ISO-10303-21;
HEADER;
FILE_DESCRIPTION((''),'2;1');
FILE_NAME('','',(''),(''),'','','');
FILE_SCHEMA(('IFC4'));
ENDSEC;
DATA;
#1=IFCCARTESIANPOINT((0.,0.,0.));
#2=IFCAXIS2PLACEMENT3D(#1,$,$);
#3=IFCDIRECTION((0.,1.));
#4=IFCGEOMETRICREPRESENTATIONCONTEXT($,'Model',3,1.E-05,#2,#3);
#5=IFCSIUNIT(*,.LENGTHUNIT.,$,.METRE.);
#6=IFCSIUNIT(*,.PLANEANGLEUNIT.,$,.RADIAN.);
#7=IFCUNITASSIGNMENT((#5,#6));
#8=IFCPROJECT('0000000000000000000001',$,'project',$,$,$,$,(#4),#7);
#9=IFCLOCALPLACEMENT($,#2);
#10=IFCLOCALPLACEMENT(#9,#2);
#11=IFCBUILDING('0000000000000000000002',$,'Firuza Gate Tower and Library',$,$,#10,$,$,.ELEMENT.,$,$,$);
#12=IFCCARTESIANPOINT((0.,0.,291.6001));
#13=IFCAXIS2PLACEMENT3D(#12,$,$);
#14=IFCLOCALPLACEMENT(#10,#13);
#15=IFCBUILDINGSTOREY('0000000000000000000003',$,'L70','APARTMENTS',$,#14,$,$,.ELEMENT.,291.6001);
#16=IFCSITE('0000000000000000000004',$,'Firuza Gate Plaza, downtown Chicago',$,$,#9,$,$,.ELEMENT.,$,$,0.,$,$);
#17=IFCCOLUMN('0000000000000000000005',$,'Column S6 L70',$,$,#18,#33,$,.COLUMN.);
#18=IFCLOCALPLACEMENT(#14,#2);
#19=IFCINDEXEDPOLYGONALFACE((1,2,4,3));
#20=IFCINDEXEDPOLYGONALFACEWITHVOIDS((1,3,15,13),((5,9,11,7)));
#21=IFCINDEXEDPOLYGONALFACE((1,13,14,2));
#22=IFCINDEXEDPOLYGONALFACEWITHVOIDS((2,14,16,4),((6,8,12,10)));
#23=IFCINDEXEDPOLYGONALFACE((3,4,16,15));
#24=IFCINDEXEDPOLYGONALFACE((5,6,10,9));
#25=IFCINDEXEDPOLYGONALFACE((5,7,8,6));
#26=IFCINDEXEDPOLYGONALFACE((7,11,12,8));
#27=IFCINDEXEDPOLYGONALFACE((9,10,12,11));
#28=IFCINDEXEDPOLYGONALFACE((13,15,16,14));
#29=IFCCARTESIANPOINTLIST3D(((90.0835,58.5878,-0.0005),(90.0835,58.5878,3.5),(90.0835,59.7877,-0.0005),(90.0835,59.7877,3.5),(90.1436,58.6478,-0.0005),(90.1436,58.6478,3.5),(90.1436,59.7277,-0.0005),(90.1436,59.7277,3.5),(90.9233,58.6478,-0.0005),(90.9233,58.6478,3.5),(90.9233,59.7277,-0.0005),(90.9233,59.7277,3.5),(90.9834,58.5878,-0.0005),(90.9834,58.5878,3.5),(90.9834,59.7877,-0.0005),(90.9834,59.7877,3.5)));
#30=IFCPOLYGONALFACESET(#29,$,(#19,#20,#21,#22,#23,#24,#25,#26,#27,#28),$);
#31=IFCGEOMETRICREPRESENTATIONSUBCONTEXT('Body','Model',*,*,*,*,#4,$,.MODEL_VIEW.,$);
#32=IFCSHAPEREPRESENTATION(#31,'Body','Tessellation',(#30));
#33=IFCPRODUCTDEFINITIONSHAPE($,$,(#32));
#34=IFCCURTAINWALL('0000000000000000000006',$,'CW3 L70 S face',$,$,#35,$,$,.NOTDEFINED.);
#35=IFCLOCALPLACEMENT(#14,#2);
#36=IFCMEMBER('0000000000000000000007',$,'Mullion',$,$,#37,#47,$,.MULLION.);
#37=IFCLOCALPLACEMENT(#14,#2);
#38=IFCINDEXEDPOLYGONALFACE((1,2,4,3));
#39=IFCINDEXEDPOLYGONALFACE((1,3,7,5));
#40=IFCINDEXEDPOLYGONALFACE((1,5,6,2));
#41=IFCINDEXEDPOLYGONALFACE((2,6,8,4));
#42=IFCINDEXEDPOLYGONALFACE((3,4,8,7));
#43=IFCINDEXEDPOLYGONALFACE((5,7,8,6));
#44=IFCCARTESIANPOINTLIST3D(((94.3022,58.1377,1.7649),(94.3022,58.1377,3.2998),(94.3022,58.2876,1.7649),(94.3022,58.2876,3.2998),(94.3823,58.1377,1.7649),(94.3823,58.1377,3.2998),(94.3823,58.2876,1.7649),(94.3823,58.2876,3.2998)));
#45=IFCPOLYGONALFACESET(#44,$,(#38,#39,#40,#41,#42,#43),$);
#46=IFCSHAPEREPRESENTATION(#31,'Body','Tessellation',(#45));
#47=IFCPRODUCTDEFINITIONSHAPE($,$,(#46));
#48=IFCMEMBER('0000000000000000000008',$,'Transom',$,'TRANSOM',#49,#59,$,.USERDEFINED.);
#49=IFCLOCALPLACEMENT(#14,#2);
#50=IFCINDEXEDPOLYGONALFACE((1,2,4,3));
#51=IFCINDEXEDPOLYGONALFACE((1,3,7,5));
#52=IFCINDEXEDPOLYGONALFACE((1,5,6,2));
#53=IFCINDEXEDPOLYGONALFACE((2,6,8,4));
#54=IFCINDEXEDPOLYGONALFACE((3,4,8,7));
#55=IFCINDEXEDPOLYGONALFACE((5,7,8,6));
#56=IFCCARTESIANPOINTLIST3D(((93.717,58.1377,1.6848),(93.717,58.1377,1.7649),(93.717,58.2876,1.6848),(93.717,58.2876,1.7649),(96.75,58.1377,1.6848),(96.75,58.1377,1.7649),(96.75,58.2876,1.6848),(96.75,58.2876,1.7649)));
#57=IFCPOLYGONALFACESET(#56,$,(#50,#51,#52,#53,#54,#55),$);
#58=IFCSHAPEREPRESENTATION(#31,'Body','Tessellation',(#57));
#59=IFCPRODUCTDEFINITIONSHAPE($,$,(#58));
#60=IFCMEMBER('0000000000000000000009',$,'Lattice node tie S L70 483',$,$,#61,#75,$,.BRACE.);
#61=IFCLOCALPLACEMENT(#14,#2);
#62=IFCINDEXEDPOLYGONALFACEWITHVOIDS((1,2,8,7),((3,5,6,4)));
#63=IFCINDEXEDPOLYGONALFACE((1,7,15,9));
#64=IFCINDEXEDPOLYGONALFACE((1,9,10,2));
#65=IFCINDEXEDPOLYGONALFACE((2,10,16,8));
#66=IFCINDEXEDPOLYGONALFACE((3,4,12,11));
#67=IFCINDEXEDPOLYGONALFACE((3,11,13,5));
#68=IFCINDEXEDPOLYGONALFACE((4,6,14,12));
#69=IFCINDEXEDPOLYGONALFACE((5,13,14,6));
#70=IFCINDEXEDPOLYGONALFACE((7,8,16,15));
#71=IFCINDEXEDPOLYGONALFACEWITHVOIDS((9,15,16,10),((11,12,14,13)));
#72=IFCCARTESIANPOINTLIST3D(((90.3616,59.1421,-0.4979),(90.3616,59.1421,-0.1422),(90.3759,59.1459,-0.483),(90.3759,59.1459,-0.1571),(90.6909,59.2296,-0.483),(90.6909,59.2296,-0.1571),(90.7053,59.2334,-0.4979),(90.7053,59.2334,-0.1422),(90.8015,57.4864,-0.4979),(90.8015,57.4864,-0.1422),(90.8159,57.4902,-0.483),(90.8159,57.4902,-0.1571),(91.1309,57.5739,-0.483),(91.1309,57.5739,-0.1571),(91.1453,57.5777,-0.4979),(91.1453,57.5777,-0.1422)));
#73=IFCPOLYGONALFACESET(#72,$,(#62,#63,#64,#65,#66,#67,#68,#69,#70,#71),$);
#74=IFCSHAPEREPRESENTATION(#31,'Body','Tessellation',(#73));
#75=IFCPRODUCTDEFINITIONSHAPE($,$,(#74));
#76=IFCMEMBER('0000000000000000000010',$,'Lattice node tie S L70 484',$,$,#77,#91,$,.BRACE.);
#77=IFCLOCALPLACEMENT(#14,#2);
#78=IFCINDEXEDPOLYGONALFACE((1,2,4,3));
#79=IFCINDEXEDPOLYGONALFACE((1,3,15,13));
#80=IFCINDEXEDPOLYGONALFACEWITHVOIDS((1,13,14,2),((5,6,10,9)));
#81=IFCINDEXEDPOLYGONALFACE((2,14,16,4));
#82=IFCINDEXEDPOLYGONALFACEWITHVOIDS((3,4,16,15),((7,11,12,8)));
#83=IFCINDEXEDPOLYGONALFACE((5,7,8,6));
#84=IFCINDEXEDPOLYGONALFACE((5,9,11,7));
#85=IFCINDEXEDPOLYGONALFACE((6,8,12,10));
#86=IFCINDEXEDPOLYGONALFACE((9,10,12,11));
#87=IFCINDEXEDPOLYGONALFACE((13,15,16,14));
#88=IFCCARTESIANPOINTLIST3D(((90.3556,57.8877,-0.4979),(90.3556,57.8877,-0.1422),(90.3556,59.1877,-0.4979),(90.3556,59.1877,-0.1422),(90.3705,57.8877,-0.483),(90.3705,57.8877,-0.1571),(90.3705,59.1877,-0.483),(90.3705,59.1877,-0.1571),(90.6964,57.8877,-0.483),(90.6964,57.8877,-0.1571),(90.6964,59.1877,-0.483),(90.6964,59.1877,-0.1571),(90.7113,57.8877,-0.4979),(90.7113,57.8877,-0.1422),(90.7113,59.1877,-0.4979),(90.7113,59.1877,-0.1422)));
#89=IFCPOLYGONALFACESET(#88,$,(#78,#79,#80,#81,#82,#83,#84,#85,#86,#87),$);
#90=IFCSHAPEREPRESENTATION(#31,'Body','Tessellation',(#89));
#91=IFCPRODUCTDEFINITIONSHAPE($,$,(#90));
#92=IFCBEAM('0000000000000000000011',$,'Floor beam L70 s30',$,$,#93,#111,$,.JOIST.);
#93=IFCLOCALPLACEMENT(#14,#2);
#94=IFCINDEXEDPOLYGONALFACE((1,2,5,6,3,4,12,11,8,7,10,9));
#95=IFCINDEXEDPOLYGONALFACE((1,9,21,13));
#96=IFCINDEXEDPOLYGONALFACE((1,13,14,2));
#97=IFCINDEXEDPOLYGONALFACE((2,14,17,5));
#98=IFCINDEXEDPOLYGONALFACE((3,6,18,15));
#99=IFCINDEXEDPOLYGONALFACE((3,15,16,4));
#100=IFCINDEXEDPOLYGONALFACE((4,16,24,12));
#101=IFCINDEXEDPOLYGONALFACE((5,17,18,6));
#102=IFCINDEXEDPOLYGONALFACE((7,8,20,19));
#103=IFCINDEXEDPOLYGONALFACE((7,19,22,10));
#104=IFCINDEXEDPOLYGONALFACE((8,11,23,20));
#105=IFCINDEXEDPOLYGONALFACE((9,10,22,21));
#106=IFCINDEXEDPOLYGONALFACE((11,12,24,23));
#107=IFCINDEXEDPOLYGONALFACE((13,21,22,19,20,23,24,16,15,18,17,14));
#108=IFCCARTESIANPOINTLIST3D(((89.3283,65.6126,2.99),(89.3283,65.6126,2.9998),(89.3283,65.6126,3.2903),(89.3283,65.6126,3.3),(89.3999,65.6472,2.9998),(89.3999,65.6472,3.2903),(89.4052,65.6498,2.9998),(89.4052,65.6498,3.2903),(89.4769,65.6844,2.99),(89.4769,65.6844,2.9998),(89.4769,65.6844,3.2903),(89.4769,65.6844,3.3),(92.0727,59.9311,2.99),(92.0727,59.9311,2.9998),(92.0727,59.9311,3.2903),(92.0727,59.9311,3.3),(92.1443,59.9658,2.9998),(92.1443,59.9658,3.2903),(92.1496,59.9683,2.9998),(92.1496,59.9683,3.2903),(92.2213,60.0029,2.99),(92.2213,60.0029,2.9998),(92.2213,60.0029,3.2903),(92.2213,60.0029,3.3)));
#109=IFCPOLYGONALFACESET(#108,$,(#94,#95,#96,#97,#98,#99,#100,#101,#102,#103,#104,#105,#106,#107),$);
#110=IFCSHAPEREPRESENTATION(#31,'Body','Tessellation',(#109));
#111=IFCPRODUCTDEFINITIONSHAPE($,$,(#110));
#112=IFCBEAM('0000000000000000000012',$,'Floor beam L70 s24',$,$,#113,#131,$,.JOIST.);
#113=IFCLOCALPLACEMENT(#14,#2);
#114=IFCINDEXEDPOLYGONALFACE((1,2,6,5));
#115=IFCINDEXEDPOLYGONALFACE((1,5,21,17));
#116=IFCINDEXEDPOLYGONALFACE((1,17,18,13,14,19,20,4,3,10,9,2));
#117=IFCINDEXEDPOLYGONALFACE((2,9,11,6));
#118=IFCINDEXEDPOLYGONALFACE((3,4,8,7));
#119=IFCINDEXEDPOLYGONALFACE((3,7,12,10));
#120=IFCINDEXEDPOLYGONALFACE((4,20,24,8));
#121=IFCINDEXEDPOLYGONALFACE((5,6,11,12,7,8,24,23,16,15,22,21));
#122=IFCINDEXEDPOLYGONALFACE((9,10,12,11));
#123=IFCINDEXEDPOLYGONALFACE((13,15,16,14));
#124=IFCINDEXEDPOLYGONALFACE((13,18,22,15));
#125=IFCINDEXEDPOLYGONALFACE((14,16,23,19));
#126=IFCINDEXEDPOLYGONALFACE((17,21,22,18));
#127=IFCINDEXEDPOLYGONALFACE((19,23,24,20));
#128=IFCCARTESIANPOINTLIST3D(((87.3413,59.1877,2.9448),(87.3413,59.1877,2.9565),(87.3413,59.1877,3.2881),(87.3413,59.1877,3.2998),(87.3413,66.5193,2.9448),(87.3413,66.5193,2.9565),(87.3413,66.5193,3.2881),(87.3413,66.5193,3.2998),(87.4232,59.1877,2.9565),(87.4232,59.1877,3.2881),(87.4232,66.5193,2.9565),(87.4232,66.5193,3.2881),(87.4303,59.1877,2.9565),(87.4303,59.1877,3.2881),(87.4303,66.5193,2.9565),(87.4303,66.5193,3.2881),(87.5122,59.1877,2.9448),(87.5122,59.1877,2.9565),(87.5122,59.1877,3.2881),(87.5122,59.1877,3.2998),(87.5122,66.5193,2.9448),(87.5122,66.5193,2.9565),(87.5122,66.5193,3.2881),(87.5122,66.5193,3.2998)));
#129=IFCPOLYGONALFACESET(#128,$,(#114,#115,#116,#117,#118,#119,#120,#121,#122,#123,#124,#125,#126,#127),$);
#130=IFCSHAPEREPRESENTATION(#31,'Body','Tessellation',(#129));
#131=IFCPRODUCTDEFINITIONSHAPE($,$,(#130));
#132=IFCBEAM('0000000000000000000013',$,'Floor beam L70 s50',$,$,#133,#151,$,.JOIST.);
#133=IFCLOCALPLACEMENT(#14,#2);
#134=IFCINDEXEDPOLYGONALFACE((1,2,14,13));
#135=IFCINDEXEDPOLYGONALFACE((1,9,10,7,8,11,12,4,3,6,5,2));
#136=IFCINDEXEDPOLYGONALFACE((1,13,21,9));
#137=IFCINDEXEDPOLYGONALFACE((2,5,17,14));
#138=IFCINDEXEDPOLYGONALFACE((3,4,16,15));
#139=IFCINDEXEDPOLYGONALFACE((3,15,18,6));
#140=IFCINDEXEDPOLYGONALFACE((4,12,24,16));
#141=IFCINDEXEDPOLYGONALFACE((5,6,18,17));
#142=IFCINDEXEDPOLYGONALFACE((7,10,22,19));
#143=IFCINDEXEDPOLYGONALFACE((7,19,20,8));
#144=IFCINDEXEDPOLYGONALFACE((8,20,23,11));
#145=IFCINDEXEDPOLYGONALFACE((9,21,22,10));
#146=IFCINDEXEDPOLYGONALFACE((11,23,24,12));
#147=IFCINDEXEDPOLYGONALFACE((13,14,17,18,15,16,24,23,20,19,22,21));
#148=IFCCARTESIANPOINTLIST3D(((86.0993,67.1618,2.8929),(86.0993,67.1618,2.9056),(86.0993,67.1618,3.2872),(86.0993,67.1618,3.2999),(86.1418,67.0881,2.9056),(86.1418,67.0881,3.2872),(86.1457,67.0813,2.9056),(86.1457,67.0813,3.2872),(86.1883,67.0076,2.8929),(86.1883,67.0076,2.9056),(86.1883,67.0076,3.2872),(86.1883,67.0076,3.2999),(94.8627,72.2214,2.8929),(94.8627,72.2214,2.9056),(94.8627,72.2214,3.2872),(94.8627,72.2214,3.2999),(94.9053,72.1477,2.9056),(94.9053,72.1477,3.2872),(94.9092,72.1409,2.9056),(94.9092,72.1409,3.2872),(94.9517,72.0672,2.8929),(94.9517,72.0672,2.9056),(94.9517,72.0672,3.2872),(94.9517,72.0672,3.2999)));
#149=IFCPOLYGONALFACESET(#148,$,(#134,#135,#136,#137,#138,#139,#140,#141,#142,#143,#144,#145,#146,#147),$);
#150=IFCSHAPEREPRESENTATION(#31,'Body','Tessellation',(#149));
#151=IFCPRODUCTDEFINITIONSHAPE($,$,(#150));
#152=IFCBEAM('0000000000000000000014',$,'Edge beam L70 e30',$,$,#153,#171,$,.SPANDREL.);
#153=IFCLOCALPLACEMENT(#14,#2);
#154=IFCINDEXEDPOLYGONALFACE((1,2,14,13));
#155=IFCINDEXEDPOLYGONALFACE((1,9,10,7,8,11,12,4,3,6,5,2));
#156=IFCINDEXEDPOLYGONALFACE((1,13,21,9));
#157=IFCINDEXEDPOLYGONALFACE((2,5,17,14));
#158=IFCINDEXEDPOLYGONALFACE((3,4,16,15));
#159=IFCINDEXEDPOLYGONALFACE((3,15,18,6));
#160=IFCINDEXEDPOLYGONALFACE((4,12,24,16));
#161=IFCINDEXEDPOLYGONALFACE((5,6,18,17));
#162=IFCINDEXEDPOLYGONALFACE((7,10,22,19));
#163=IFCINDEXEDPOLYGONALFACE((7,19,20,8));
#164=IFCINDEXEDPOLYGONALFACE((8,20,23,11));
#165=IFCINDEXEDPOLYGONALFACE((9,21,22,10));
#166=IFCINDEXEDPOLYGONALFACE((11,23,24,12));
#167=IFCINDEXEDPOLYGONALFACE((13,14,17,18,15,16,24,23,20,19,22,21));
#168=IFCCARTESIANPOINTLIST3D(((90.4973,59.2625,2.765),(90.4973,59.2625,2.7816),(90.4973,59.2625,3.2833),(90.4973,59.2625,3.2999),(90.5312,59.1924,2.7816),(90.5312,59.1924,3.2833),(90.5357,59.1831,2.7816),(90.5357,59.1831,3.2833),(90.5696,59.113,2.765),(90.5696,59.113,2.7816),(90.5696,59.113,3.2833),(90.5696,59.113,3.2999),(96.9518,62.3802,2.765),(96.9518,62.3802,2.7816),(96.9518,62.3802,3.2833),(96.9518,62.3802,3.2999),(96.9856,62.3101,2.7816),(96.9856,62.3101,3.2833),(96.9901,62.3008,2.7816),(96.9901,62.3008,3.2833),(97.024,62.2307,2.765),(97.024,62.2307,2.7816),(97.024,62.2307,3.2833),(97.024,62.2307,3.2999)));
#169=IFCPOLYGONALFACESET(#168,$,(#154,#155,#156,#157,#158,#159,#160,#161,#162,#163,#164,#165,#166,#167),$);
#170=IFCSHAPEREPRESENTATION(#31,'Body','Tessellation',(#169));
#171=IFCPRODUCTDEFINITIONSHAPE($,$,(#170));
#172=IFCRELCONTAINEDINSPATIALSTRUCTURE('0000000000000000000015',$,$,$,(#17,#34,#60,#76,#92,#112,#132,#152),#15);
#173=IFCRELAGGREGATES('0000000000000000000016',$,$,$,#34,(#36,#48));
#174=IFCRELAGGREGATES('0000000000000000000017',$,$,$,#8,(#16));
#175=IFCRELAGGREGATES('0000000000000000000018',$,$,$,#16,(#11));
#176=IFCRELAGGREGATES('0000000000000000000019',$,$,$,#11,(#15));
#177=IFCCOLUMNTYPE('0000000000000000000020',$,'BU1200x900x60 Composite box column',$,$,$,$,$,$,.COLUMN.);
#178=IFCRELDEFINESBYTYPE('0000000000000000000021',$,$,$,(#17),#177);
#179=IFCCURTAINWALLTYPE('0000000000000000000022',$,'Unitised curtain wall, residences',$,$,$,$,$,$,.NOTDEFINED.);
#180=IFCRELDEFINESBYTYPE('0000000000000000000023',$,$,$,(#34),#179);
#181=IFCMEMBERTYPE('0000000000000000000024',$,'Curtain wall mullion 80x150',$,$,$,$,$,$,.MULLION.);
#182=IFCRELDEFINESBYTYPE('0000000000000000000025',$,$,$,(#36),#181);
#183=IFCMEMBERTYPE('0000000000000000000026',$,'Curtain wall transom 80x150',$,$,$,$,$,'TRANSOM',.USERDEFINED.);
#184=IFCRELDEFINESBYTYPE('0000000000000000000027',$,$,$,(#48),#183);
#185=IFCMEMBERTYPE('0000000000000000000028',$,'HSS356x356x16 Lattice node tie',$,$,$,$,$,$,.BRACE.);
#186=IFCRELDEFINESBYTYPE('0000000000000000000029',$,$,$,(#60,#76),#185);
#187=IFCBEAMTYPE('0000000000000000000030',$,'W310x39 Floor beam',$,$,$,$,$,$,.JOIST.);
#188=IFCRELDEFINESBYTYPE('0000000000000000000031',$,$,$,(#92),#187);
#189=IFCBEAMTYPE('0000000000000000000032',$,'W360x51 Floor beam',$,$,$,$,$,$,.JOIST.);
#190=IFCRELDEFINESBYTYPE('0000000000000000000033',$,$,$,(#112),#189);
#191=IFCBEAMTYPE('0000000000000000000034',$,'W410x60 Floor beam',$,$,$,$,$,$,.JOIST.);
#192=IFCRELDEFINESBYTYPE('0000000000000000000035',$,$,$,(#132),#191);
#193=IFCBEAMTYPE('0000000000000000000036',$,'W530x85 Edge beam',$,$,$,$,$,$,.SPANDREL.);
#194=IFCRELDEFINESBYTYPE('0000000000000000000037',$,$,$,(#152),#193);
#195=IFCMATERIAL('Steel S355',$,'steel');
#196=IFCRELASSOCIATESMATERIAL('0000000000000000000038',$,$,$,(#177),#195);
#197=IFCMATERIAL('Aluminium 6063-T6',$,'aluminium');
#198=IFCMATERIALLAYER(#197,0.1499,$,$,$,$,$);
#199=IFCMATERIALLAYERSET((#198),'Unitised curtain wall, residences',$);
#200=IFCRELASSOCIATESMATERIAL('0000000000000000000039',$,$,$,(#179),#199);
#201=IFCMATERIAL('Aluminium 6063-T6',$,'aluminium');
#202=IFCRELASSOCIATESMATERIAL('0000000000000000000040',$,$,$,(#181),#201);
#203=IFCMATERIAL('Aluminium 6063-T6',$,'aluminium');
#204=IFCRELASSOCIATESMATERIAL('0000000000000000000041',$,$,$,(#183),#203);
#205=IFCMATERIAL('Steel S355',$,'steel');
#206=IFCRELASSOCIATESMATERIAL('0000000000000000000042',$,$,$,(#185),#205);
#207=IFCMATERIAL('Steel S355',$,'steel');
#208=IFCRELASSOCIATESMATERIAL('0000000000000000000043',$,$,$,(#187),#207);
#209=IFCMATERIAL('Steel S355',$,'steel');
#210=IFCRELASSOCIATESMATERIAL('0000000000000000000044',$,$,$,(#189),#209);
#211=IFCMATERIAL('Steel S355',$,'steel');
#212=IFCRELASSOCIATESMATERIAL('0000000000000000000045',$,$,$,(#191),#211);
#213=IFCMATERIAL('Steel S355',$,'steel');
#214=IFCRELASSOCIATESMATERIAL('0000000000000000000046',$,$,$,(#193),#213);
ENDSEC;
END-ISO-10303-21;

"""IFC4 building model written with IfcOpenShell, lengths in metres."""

from ifc_helpers import new_model, si_unit, direction, frame, origin, origin_2d, place, context, subcontext, project, spatial, rectangle, hollow_rectangle, i_section, extrude, material, layer, layer_set, material_profile, profile_set, type_object, element, aggregate, save


model = new_model("IFC4")

# Units and contexts
model_context = context("Model", 3, precision=1e-05, world=origin(), true_north=direction((0.0, 1.0)))
body_context = subcontext(model_context, "Body", "Model", "MODEL_VIEW")
ifc_project = project(units=[si_unit("LENGTHUNIT", "METRE"), si_unit("PLANEANGLEUNIT", "RADIAN")], contexts=[model_context])

# Site, building, storey
site_placement = place(None, origin())
site = spatial("IfcSite", under=ifc_project, at=site_placement, Name="Firuza Gate Plaza, downtown Chicago", CompositionType="ELEMENT", RefElevation=0.0)
building_placement = place(site_placement, origin())
building = spatial("IfcBuilding", under=site, at=building_placement, Name="Firuza Gate Tower and Library", CompositionType="ELEMENT")
storey_placement = place(building_placement, frame((0.0, 0.0, 291.6001)))
storey = spatial("IfcBuildingStorey", under=building, at=storey_placement, Name="L70", Description="APARTMENTS", CompositionType="ELEMENT", Elevation=291.6001)

# Column
ifc_material_1 = material(Name="Steel S355", Category="steel")
ifc_material_profile_1 = material_profile(ifc_material_1, hollow_rectangle(XDim=0.8999, YDim=1.2, WallThickness=0.0601, at=origin_2d()))
ifc_profile_set_1 = profile_set([ifc_material_profile_1], Name="Steel S355")
column_type = type_object("IfcColumnType", Name="BU1200x900x60 Composite box column", PredefinedType="COLUMN", material=ifc_profile_set_1)
column_placement = place(storey_placement, frame((90.5334, 59.1877, -0.0005), z_axis=(0.0, 0.0, 1.0), x_axis=(1.0, 0.0, 0.0)))
element("IfcColumn", 1, at=column_placement, inside=storey, type_object=column_type, Name="Column S6 L70", PredefinedType="COLUMN", context=body_context, shape_type="SweptSolid", body=[
    extrude(hollow_rectangle(XDim=0.8999, YDim=1.2, WallThickness=0.0601, at=origin_2d()), origin(), (0.0, 0.0, 1.0), 3.5005),
])

# Curtain wall, members
ifc_material_2 = material(Name="Aluminium 6063-T6", Category="aluminium")
ifc_layer_1 = layer(ifc_material_2, 0.1499)
ifc_layer_set_1 = layer_set([ifc_layer_1], Name="Unitised curtain wall, residences")
curtain_wall_type = type_object("IfcCurtainWallType", Name="Unitised curtain wall, residences", PredefinedType="NOTDEFINED", material=ifc_layer_set_1)
curtain_wall_placement = place(storey_placement, origin())
curtain_wall = element("IfcCurtainWall", 2, at=curtain_wall_placement, inside=storey, type_object=curtain_wall_type, Name="CW3 L70 S face", PredefinedType="NOTDEFINED")
ifc_material_3 = material(Name="Aluminium 6063-T6", Category="aluminium")
ifc_material_profile_2 = material_profile(ifc_material_3, rectangle(XDim=0.1499, YDim=0.0801, at=origin_2d()))
ifc_profile_set_2 = profile_set([ifc_material_profile_2], Name="Aluminium 6063-T6")
member_type_1 = type_object("IfcMemberType", Name="Curtain wall mullion 80x150", PredefinedType="MULLION", material=ifc_profile_set_2)
member_1_placement = place(storey_placement, frame((94.3423, 58.2126, 1.7649), z_axis=(0.0, 0.0, 1.0), x_axis=(0.0, 1.0, 0.0)))
member_1 = element("IfcMember", 3, at=member_1_placement, type_object=member_type_1, Name="Mullion", PredefinedType="MULLION", context=body_context, shape_type="SweptSolid", body=[
    extrude(rectangle(XDim=0.1499, YDim=0.0801, at=origin_2d()), origin(), (0.0, 0.0, 1.0), 1.5349),
])
ifc_material_4 = material(Name="Aluminium 6063-T6", Category="aluminium")
ifc_material_profile_3 = material_profile(ifc_material_4, rectangle(XDim=0.1499, YDim=0.0801, at=origin_2d()))
ifc_profile_set_3 = profile_set([ifc_material_profile_3], Name="Aluminium 6063-T6")
member_type_2 = type_object("IfcMemberType", Name="Curtain wall transom 80x150", ElementType="TRANSOM", PredefinedType="USERDEFINED", material=ifc_profile_set_3)
member_2_placement = place(storey_placement, frame((93.717, 58.2126, 1.7249), z_axis=(1.0, 0.0, 0.0), x_axis=(0.0, 1.0, 0.0)))
member_2 = element("IfcMember", 4, at=member_2_placement, type_object=member_type_2, Name="Transom", ObjectType="TRANSOM", PredefinedType="USERDEFINED", context=body_context, shape_type="SweptSolid", body=[
    extrude(rectangle(XDim=0.1499, YDim=0.0801, at=origin_2d()), origin(), (0.0, 0.0, 1.0), 3.033),
])
aggregate(curtain_wall, [member_1, member_2])

# Members
ifc_material_5 = material(Name="Steel S355", Category="steel")
ifc_material_profile_4 = material_profile(ifc_material_5, hollow_rectangle(XDim=0.3557, YDim=0.3557, WallThickness=0.0149, at=origin_2d()))
ifc_profile_set_4 = profile_set([ifc_material_profile_4], Name="Steel S355")
member_type_3 = type_object("IfcMemberType", Name="HSS356x356x16 Lattice node tie", PredefinedType="BRACE", material=ifc_profile_set_4)
member_3_placement = place(storey_placement, frame((90.5334, 59.1877, -0.3201), z_axis=(0.256793, -0.966466, 0.0), x_axis=(0.966466, 0.256793, 0.0)))
element("IfcMember", 5, at=member_3_placement, inside=storey, type_object=member_type_3, Name="Lattice node tie S L70 483", PredefinedType="BRACE", context=body_context, shape_type="SweptSolid", body=[
    extrude(hollow_rectangle(XDim=0.3557, YDim=0.3557, WallThickness=0.0149, at=origin_2d()), origin(), (0.0, 0.0, 1.0), 1.7131),
])
member_4_placement = place(storey_placement, frame((90.5334, 59.1877, -0.3201), z_axis=(0.0, -1.0, 0.0), x_axis=(1.0, 0.0, 0.0)))
element("IfcMember", 6, at=member_4_placement, inside=storey, type_object=member_type_3, Name="Lattice node tie S L70 484", PredefinedType="BRACE", context=body_context, shape_type="SweptSolid", body=[
    extrude(hollow_rectangle(XDim=0.3557, YDim=0.3557, WallThickness=0.0149, at=origin_2d()), origin(), (0.0, 0.0, 1.0), 1.3),
])

# Beams
ifc_material_6 = material(Name="Steel S355", Category="steel")
ifc_material_profile_5 = material_profile(ifc_material_6, i_section(OverallWidth=0.165, OverallDepth=0.3101, WebThickness=0.0059, FlangeThickness=0.0098, at=origin_2d()))
ifc_profile_set_5 = profile_set([ifc_material_profile_5], Name="Steel S355")
beam_type_1 = type_object("IfcBeamType", Name="W310x39 Floor beam", PredefinedType="JOIST", material=ifc_profile_set_5)
beam_1_placement = place(storey_placement, frame((92.147, 59.967, 3.145), z_axis=(-0.43496, 0.90045, 0.0), x_axis=(-0.90045, -0.43496, 0.0)))
element("IfcBeam", 7, at=beam_1_placement, inside=storey, type_object=beam_type_1, Name="Floor beam L70 s30", PredefinedType="JOIST", context=body_context, shape_type="SweptSolid", body=[
    extrude(i_section(OverallWidth=0.165, OverallDepth=0.3101, WebThickness=0.0059, FlangeThickness=0.0098, at=origin_2d()), origin(), (0.0, 0.0, 1.0), 6.3096),
])
ifc_material_7 = material(Name="Steel S355", Category="steel")
ifc_material_profile_6 = material_profile(ifc_material_7, i_section(OverallWidth=0.1709, OverallDepth=0.355, WebThickness=0.0071, FlangeThickness=0.0117, at=origin_2d()))
ifc_profile_set_6 = profile_set([ifc_material_profile_6], Name="Steel S355")
beam_type_2 = type_object("IfcBeamType", Name="W360x51 Floor beam", PredefinedType="JOIST", material=ifc_profile_set_6)
beam_2_placement = place(storey_placement, frame((87.4268, 59.1877, 3.1223), z_axis=(0.0, 1.0, 0.0), x_axis=(-1.0, 0.0, 0.0)))
element("IfcBeam", 8, at=beam_2_placement, inside=storey, type_object=beam_type_2, Name="Floor beam L70 s24", PredefinedType="JOIST", context=body_context, shape_type="SweptSolid", body=[
    extrude(i_section(OverallWidth=0.1709, OverallDepth=0.355, WebThickness=0.0071, FlangeThickness=0.0117, at=origin_2d()), origin(), (0.0, 0.0, 1.0), 7.3315),
])
ifc_material_8 = material(Name="Steel S355", Category="steel")
ifc_material_profile_7 = material_profile(ifc_material_8, i_section(OverallWidth=0.178, OverallDepth=0.407, WebThickness=0.0078, FlangeThickness=0.0127, at=origin_2d()))
ifc_profile_set_7 = profile_set([ifc_material_profile_7], Name="Steel S355")
beam_type_3 = type_object("IfcBeamType", Name="W410x60 Floor beam", PredefinedType="JOIST", material=ifc_profile_set_7)
beam_3_placement = place(storey_placement, frame((94.9072, 72.1443, 3.0964), z_axis=(-0.866025, -0.5, 0.0), x_axis=(0.5, -0.866025, 0.0)))
element("IfcBeam", 9, at=beam_3_placement, inside=storey, type_object=beam_type_3, Name="Floor beam L70 s50", PredefinedType="JOIST", context=body_context, shape_type="SweptSolid", body=[
    extrude(i_section(OverallWidth=0.178, OverallDepth=0.407, WebThickness=0.0078, FlangeThickness=0.0127, at=origin_2d()), origin(), (0.0, 0.0, 1.0), 10.1191),
])
ifc_material_9 = material(Name="Steel S355", Category="steel")
ifc_material_profile_8 = material_profile(ifc_material_9, i_section(OverallWidth=0.166, OverallDepth=0.5349, WebThickness=0.0103, FlangeThickness=0.0166, at=origin_2d()))
ifc_profile_set_8 = profile_set([ifc_material_profile_8], Name="Steel S355")
beam_type_4 = type_object("IfcBeamType", Name="W530x85 Edge beam", PredefinedType="SPANDREL", material=ifc_profile_set_8)
beam_4_placement = place(storey_placement, frame((90.5334, 59.1877, 3.0325), z_axis=(0.900454, 0.434951, 0.0), x_axis=(-0.434951, 0.900454, 0.0)))
element("IfcBeam", 10, at=beam_4_placement, inside=storey, type_object=beam_type_4, Name="Edge beam L70 e30", PredefinedType="SPANDREL", context=body_context, shape_type="SweptSolid", body=[
    extrude(i_section(OverallWidth=0.166, OverallDepth=0.5349, WebThickness=0.0103, FlangeThickness=0.0166, at=origin_2d()), origin(), (0.0, 0.0, 1.0), 7.168),
])

save(model, "model.ifc")
